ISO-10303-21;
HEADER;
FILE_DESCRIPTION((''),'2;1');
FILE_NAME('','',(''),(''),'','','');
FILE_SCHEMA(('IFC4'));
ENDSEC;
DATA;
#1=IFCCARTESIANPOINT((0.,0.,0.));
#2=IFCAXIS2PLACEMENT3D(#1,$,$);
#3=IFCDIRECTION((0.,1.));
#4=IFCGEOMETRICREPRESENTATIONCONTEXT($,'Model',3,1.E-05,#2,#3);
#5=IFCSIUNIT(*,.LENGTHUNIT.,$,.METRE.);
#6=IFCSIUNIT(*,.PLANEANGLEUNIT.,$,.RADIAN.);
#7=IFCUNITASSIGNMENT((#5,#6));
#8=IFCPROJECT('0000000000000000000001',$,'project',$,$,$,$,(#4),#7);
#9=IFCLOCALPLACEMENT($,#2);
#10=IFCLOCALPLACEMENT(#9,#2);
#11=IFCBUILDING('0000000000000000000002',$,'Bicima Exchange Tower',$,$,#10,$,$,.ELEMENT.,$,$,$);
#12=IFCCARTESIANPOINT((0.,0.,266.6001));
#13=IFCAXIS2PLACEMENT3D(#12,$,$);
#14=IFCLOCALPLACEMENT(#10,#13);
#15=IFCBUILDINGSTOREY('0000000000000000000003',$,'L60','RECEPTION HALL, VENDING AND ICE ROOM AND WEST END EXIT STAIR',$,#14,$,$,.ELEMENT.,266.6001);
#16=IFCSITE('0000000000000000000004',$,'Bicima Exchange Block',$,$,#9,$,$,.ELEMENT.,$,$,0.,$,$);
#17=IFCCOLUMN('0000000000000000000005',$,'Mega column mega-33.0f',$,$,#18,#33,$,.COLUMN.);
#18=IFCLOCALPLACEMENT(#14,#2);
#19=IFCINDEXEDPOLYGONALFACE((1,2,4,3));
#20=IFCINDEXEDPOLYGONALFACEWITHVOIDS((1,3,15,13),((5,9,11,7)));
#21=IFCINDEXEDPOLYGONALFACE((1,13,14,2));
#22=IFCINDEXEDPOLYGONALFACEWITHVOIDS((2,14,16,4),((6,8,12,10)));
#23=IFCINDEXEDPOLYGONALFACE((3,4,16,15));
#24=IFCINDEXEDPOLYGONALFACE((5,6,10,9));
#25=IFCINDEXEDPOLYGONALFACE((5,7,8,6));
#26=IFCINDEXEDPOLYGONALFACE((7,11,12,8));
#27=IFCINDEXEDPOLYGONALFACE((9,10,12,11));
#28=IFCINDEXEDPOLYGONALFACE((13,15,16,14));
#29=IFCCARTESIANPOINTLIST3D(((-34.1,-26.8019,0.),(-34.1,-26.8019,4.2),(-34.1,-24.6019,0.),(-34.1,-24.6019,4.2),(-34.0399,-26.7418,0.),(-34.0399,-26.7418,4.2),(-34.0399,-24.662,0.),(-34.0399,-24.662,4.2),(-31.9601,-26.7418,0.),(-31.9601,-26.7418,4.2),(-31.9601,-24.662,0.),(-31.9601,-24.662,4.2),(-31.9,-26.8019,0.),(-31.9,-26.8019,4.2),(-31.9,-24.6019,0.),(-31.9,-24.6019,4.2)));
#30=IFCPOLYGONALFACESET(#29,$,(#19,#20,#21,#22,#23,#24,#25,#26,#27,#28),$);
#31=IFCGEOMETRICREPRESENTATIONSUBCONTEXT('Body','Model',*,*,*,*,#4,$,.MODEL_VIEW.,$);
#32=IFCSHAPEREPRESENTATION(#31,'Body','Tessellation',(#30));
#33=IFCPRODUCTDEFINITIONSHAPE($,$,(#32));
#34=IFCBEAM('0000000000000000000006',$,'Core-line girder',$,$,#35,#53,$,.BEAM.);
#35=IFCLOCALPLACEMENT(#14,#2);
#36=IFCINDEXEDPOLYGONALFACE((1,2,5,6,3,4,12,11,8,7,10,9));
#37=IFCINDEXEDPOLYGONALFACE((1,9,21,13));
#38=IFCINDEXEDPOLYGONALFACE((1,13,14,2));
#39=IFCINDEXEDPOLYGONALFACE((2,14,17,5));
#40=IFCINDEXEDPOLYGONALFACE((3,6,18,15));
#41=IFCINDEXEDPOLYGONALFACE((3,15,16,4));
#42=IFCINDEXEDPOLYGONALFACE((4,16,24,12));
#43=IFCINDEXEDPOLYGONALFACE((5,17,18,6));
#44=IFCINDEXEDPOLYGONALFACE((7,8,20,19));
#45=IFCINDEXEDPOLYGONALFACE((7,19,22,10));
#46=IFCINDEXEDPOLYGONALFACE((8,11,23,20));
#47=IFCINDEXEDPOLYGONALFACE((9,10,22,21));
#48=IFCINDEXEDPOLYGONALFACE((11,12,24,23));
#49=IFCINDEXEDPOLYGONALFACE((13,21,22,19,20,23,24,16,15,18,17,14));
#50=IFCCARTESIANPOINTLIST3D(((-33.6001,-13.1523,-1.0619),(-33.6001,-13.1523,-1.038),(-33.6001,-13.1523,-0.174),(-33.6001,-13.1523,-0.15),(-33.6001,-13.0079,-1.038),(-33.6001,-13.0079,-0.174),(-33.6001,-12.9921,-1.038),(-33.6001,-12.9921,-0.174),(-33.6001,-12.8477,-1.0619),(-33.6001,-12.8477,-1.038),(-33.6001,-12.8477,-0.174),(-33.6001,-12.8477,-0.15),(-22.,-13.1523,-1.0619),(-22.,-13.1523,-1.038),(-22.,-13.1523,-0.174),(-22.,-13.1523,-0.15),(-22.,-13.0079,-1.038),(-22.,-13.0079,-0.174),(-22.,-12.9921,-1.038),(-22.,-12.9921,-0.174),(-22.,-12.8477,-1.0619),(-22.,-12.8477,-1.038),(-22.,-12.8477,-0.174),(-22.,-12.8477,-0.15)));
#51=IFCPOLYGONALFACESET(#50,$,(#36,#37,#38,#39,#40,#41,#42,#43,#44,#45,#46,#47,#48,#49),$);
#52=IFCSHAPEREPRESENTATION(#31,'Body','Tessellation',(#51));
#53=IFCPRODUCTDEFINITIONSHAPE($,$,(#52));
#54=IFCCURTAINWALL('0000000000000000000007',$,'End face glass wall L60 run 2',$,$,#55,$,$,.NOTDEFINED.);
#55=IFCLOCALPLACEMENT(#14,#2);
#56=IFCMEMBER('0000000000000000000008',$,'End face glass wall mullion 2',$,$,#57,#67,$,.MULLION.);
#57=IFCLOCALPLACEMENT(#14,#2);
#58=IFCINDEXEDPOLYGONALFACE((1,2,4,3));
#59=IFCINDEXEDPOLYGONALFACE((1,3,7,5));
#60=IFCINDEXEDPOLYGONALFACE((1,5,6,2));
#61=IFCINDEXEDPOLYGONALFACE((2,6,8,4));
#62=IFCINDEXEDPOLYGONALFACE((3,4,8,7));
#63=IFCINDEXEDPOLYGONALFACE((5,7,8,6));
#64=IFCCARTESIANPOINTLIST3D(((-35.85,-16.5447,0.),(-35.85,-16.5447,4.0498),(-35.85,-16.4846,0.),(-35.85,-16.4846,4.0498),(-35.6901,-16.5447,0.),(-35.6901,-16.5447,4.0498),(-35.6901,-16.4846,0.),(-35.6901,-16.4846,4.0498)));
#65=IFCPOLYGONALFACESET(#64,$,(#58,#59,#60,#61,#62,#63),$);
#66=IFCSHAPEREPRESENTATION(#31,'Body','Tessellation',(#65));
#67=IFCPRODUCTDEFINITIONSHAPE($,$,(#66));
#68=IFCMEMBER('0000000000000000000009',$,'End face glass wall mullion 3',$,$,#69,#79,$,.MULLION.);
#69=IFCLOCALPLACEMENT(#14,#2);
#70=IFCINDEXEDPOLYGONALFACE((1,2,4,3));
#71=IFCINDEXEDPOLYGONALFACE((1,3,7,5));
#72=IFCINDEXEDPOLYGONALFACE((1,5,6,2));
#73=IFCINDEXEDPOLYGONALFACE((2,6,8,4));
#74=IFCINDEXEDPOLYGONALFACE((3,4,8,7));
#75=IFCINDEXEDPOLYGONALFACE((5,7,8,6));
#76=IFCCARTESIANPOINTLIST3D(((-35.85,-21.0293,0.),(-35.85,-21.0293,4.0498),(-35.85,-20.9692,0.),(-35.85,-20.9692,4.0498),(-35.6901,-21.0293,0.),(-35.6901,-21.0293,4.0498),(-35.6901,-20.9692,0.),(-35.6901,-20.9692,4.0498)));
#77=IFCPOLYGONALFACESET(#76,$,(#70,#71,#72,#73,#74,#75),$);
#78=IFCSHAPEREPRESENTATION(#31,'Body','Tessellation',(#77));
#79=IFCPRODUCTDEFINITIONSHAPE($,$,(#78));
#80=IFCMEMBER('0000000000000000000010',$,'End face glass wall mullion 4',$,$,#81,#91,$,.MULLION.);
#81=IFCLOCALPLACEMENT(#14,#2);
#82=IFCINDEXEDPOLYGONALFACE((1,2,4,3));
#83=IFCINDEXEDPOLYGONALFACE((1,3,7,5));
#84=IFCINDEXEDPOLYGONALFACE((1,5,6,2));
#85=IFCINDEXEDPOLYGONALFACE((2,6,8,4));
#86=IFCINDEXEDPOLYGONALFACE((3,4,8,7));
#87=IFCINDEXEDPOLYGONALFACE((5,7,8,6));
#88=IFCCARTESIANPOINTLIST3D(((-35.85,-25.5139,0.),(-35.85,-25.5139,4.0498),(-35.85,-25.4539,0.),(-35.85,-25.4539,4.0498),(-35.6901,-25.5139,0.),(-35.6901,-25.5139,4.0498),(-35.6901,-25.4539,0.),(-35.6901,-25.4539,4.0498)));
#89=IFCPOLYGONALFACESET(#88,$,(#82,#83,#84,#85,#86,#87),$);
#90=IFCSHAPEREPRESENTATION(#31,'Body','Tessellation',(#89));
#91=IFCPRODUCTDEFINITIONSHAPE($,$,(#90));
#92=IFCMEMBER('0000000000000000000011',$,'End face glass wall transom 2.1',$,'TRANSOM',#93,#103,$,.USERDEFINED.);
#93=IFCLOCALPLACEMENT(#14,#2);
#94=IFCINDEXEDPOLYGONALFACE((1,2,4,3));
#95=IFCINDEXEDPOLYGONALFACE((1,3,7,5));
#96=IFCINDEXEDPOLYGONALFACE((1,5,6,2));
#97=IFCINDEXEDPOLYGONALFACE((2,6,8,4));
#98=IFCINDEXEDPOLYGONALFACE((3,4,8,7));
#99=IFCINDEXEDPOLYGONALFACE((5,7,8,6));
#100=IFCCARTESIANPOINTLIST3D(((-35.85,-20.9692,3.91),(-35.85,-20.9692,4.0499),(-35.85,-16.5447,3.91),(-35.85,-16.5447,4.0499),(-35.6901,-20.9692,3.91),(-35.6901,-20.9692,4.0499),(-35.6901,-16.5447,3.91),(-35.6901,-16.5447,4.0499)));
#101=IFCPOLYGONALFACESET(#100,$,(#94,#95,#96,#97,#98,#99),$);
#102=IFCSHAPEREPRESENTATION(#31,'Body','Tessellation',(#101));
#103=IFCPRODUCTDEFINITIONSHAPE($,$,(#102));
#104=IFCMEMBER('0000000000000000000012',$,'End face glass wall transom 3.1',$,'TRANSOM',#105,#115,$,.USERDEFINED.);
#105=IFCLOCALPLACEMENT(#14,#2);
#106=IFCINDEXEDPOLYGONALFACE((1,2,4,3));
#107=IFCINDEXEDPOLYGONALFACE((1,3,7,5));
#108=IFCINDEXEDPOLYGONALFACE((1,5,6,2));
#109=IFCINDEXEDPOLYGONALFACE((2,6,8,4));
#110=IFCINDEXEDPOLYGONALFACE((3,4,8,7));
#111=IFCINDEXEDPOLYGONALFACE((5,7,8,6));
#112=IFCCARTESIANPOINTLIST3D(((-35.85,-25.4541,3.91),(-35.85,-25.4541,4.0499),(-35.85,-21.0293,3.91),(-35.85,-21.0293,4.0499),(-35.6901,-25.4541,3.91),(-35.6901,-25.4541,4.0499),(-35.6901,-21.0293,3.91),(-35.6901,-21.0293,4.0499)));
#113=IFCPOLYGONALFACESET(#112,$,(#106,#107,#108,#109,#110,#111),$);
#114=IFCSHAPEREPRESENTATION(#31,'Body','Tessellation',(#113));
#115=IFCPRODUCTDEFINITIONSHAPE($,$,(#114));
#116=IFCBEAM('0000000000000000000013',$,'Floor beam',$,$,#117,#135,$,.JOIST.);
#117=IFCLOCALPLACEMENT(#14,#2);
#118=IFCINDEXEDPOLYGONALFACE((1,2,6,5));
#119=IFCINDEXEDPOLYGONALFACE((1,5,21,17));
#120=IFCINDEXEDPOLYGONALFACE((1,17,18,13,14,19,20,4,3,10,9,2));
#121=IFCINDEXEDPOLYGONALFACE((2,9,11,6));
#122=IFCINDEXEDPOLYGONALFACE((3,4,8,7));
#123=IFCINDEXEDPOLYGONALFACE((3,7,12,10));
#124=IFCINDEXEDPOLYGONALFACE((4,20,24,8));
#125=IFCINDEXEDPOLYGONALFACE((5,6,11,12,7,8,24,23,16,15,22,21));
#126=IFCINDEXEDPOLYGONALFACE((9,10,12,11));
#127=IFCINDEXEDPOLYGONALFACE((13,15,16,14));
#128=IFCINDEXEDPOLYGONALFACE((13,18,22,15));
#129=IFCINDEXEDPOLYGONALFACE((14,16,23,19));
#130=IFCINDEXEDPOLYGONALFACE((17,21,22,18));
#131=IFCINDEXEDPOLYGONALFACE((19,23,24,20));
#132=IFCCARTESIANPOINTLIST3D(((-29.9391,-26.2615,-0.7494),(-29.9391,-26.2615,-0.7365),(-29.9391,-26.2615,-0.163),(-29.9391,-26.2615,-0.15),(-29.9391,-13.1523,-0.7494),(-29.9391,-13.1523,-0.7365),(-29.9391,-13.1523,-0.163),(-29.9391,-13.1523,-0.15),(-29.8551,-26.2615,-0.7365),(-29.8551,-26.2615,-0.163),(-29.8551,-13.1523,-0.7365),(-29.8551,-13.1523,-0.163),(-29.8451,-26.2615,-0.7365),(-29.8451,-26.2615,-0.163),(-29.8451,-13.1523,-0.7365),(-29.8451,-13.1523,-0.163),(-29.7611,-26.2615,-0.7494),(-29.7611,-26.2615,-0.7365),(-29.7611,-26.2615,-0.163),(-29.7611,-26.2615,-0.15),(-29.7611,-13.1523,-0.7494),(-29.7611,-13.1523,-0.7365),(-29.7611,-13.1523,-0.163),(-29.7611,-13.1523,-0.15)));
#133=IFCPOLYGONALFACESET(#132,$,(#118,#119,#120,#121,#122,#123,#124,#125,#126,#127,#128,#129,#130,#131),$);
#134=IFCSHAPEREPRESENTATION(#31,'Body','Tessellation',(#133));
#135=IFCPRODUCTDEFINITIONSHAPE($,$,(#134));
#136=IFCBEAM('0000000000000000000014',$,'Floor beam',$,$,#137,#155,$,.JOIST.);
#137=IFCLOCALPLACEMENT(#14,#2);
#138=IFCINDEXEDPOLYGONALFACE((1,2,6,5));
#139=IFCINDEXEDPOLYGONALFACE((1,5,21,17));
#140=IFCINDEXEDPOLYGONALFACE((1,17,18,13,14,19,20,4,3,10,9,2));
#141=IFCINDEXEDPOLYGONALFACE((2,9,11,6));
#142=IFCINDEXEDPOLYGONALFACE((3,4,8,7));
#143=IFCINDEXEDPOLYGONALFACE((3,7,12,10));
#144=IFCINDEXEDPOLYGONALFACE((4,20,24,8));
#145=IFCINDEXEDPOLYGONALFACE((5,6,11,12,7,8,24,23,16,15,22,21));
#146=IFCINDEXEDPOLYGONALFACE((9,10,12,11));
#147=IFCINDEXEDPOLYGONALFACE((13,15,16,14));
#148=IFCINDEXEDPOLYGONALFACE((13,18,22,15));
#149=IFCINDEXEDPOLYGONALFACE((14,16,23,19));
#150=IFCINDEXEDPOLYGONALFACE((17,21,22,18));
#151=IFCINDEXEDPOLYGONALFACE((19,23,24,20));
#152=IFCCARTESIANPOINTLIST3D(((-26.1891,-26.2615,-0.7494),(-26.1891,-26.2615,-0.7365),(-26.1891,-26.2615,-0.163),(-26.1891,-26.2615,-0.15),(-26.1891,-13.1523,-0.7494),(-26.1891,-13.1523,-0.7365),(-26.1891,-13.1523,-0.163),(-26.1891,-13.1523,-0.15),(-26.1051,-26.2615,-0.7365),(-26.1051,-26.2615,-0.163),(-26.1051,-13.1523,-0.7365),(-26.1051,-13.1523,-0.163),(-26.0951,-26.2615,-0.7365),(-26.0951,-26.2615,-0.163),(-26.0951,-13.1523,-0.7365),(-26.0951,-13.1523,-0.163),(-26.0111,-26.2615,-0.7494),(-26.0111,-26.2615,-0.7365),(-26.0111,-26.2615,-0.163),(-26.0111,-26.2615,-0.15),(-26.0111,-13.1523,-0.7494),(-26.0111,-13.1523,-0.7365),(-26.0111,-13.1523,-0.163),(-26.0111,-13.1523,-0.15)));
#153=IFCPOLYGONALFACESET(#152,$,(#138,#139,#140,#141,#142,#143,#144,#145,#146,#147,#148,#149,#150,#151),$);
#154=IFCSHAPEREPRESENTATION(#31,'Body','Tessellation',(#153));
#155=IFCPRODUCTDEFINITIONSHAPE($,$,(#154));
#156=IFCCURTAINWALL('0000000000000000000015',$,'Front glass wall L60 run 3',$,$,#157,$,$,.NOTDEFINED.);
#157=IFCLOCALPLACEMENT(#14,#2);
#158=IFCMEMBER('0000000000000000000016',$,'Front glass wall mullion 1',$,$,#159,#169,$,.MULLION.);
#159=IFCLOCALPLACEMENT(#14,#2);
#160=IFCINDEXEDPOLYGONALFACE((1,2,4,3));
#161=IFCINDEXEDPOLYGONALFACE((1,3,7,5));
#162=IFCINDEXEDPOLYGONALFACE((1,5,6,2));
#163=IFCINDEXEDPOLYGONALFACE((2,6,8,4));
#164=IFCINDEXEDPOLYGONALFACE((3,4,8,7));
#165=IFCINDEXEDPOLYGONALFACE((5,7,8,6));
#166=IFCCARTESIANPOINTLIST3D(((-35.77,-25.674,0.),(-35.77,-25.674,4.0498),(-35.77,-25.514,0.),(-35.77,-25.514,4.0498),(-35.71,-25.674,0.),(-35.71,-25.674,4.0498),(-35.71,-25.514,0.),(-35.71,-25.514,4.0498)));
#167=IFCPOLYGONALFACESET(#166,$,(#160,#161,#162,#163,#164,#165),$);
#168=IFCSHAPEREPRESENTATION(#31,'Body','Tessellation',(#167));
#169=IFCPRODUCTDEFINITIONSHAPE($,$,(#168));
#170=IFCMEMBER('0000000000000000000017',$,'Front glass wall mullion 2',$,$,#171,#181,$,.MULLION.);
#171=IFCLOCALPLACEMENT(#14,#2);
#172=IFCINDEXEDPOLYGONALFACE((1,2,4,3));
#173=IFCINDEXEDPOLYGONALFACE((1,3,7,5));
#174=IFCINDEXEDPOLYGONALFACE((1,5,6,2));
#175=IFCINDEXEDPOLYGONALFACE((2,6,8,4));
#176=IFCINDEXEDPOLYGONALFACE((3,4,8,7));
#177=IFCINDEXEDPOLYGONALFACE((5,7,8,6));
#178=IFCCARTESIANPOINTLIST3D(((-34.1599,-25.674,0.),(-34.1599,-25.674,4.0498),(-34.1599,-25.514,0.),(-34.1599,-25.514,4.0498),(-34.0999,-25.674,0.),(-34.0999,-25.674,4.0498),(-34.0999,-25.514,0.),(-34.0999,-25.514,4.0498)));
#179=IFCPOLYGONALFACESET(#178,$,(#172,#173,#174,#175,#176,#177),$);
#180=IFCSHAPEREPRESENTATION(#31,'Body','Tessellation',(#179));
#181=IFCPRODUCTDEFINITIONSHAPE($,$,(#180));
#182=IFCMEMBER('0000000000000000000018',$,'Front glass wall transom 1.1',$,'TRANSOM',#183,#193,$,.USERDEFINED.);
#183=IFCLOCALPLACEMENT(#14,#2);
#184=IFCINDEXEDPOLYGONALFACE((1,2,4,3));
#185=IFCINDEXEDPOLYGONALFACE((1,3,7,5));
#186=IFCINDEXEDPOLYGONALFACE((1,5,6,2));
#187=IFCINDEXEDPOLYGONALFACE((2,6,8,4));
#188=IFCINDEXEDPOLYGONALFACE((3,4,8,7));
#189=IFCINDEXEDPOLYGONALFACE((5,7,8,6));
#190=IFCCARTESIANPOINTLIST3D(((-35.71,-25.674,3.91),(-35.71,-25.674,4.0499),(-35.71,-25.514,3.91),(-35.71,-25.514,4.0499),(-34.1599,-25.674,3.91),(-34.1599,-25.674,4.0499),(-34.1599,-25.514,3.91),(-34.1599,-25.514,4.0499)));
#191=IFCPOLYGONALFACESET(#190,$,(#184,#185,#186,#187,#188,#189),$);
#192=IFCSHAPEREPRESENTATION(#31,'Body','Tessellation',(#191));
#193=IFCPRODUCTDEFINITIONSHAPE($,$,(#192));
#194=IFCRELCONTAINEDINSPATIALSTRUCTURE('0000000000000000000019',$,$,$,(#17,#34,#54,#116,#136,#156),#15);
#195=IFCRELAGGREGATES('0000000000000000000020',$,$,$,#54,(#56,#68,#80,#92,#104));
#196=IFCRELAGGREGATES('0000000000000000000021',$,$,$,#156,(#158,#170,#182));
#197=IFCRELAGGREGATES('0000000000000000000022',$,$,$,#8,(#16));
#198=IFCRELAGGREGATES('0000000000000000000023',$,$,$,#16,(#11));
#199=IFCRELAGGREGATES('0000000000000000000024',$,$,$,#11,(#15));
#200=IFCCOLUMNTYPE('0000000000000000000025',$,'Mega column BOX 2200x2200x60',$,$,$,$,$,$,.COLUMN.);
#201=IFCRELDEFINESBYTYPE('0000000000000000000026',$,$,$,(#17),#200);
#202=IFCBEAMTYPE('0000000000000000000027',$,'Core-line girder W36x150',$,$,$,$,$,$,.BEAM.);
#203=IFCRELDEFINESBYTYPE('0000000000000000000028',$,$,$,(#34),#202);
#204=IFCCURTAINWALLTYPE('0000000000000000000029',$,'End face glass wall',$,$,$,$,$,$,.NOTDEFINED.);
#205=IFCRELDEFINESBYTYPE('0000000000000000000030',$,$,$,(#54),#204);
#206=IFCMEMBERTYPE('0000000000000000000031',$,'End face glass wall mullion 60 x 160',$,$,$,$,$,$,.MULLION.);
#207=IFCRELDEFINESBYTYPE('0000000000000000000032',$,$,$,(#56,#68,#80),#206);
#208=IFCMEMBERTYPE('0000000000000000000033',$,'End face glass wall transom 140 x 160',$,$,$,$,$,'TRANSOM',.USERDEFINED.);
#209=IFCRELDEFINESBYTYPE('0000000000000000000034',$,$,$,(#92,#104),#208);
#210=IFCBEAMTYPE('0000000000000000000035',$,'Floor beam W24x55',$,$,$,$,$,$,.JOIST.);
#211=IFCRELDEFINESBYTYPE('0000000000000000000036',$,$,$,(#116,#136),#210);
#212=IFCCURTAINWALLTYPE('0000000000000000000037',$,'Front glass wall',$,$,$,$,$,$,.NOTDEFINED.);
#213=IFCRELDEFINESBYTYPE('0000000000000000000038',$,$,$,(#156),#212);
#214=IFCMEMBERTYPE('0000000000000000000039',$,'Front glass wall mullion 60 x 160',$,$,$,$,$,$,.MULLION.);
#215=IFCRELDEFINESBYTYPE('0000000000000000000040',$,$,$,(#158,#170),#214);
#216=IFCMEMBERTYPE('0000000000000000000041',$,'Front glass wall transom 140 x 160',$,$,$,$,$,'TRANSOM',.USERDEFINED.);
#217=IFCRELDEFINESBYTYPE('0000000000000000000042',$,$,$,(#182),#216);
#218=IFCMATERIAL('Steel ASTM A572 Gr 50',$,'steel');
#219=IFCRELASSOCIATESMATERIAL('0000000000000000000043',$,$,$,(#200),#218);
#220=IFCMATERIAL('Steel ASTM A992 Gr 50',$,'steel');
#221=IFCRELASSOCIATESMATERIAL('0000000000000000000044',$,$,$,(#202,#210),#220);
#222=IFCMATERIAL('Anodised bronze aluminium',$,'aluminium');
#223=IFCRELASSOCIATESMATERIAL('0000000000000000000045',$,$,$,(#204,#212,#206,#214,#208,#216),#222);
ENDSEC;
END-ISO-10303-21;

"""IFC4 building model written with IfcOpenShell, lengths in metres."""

from ifc_helpers import new_model, si_unit, direction, frame, origin, origin_2d, place, context, subcontext, project, spatial, rectangle, hollow_rectangle, i_section, extrude, material, material_profile, profile_set, type_object, element, aggregate, save


model = new_model("IFC4")

# Units and contexts
model_context = context("Model", 3, precision=1e-05, world=origin(), true_north=direction((0.0, 1.0)))
body_context = subcontext(model_context, "Body", "Model", "MODEL_VIEW")
ifc_project = project(units=[si_unit("LENGTHUNIT", "METRE"), si_unit("PLANEANGLEUNIT", "RADIAN")], contexts=[model_context])

# Site, building, storey
site_placement = place(None, origin())
site = spatial("IfcSite", under=ifc_project, at=site_placement, Name="Bicima Exchange Block", CompositionType="ELEMENT", RefElevation=0.0)
building_placement = place(site_placement, origin())
building = spatial("IfcBuilding", under=site, at=building_placement, Name="Bicima Exchange Tower", CompositionType="ELEMENT")
storey_placement = place(building_placement, frame((0.0, 0.0, 266.6001)))
storey = spatial("IfcBuildingStorey", under=building, at=storey_placement, Name="L60", Description="RECEPTION HALL, VENDING AND ICE ROOM AND WEST END EXIT STAIR", CompositionType="ELEMENT", Elevation=266.6001)

# Column
ifc_material_1 = material(Name="Steel ASTM A572 Gr 50", Category="steel")
ifc_material_profile_1 = material_profile(ifc_material_1, hollow_rectangle(XDim=2.2, YDim=2.2, WallThickness=0.0601, at=origin_2d()))
ifc_profile_set_1 = profile_set([ifc_material_profile_1], Name="Steel ASTM A572 Gr 50")
column_type = type_object("IfcColumnType", Name="Mega column BOX 2200x2200x60", PredefinedType="COLUMN", material=ifc_profile_set_1)
column_placement = place(storey_placement, frame((-33.0, -25.7019, 0.0), z_axis=(0.0, 0.0, 1.0), x_axis=(1.0, 0.0, 0.0)))
element("IfcColumn", 1, at=column_placement, inside=storey, type_object=column_type, Name="Mega column mega-33.0f", PredefinedType="COLUMN", context=body_context, shape_type="SweptSolid", body=[
    extrude(hollow_rectangle(XDim=2.2, YDim=2.2, WallThickness=0.0601, at=origin_2d()), origin(), (0.0, 0.0, 1.0), 4.2),
])

# Beam
ifc_material_2 = material(Name="Steel ASTM A992 Gr 50", Category="steel")
ifc_material_profile_2 = material_profile(ifc_material_2, i_section(OverallWidth=0.3047, OverallDepth=0.9119, WebThickness=0.0159, FlangeThickness=0.0239, at=origin_2d()))
ifc_profile_set_2 = profile_set([ifc_material_profile_2], Name="Steel ASTM A992 Gr 50")
beam_type_1 = type_object("IfcBeamType", Name="Core-line girder W36x150", PredefinedType="BEAM", material=ifc_profile_set_2)
beam_placement = place(storey_placement, frame((-22.0, -13.0, -0.606), z_axis=(-1.0, 0.0, 0.0), x_axis=(0.0, -1.0, 0.0)))
element("IfcBeam", 2, at=beam_placement, inside=storey, type_object=beam_type_1, Name="Core-line girder", PredefinedType="BEAM", context=body_context, shape_type="SweptSolid", body=[
    extrude(i_section(OverallWidth=0.3047, OverallDepth=0.9119, WebThickness=0.0159, FlangeThickness=0.0239, at=origin_2d()), origin(), (0.0, 0.0, 1.0), 11.6001),
])

# Curtain wall, members
ifc_material_3 = material(Name="Anodised bronze aluminium", Category="aluminium")
curtain_wall_type_1 = type_object("IfcCurtainWallType", Name="End face glass wall", PredefinedType="NOTDEFINED", material=ifc_material_3)
curtain_wall_1_placement = place(storey_placement, origin())
curtain_wall_1 = element("IfcCurtainWall", 3, at=curtain_wall_1_placement, inside=storey, type_object=curtain_wall_type_1, Name="End face glass wall L60 run 2", PredefinedType="NOTDEFINED")
ifc_material_profile_3 = material_profile(ifc_material_3, rectangle(XDim=0.1599, YDim=0.0601, at=origin_2d()))
ifc_profile_set_3 = profile_set([ifc_material_profile_3], Name="Anodised bronze aluminium")
member_type_1 = type_object("IfcMemberType", Name="End face glass wall mullion 60 x 160", PredefinedType="MULLION", material=ifc_profile_set_3)
member_1_placement = place(storey_placement, frame((-35.77, -16.5146, 0.0), z_axis=(0.0, 0.0, 1.0), x_axis=(1.0, 0.0, 0.0)))
member_1 = element("IfcMember", 4, at=member_1_placement, type_object=member_type_1, Name="End face glass wall mullion 2", PredefinedType="MULLION", context=body_context, shape_type="SweptSolid", body=[
    extrude(rectangle(XDim=0.1599, YDim=0.0601, at=origin_2d()), origin(), (0.0, 0.0, 1.0), 4.0498),
])
member_2_placement = place(storey_placement, frame((-35.77, -20.9993, 0.0), z_axis=(0.0, 0.0, 1.0), x_axis=(1.0, 0.0, 0.0)))
member_2 = element("IfcMember", 5, at=member_2_placement, type_object=member_type_1, Name="End face glass wall mullion 3", PredefinedType="MULLION", context=body_context, shape_type="SweptSolid", body=[
    extrude(rectangle(XDim=0.1599, YDim=0.0601, at=origin_2d()), origin(), (0.0, 0.0, 1.0), 4.0498),
])
member_3_placement = place(storey_placement, frame((-35.77, -25.4839, 0.0), z_axis=(0.0, 0.0, 1.0), x_axis=(1.0, 0.0, 0.0)))
member_3 = element("IfcMember", 6, at=member_3_placement, type_object=member_type_1, Name="End face glass wall mullion 4", PredefinedType="MULLION", context=body_context, shape_type="SweptSolid", body=[
    extrude(rectangle(XDim=0.1599, YDim=0.0601, at=origin_2d()), origin(), (0.0, 0.0, 1.0), 4.0498),
])
ifc_material_profile_4 = material_profile(ifc_material_3, rectangle(XDim=0.1599, YDim=0.1399, at=origin_2d()))
ifc_profile_set_4 = profile_set([ifc_material_profile_4], Name="Anodised bronze aluminium")
member_type_2 = type_object("IfcMemberType", Name="End face glass wall transom 140 x 160", ElementType="TRANSOM", PredefinedType="USERDEFINED", material=ifc_profile_set_4)
member_4_placement = place(storey_placement, frame((-35.77, -16.5447, 3.98), z_axis=(0.0, -1.0, 0.0), x_axis=(1.0, 0.0, 0.0)))
member_4 = element("IfcMember", 7, at=member_4_placement, type_object=member_type_2, Name="End face glass wall transom 2.1", ObjectType="TRANSOM", PredefinedType="USERDEFINED", context=body_context, shape_type="SweptSolid", body=[
    extrude(rectangle(XDim=0.1599, YDim=0.1399, at=origin_2d()), origin(), (0.0, 0.0, 1.0), 4.4246),
])
member_5_placement = place(storey_placement, frame((-35.77, -21.0293, 3.98), z_axis=(0.0, -1.0, 0.0), x_axis=(1.0, 0.0, 0.0)))
member_5 = element("IfcMember", 8, at=member_5_placement, type_object=member_type_2, Name="End face glass wall transom 3.1", ObjectType="TRANSOM", PredefinedType="USERDEFINED", context=body_context, shape_type="SweptSolid", body=[
    extrude(rectangle(XDim=0.1599, YDim=0.1399, at=origin_2d()), origin(), (0.0, 0.0, 1.0), 4.4248),
])

# Beams
ifc_material_profile_5 = material_profile(ifc_material_2, i_section(OverallWidth=0.178, OverallDepth=0.5994, WebThickness=0.01, FlangeThickness=0.0129, at=origin_2d()))
ifc_profile_set_5 = profile_set([ifc_material_profile_5], Name="Steel ASTM A992 Gr 50")
beam_type_2 = type_object("IfcBeamType", Name="Floor beam W24x55", PredefinedType="JOIST", material=ifc_profile_set_5)
for number, where, z_axis, x_axis, name in (
    (9, (-29.8501, -13.1523, -0.4497), (0.0, -1.0, 0.0), (1.0, 0.0, 0.0), "Floor beam"),
    (10, (-26.1001, -13.1523, -0.4497), (0.0, -1.0, 0.0), (1.0, 0.0, 0.0), "Floor beam"),
):
    element("IfcBeam", number, at=place(storey_placement, frame(where, z_axis=z_axis, x_axis=x_axis)), inside=storey, type_object=beam_type_2, Name=name, PredefinedType="JOIST", context=body_context, shape_type="SweptSolid", body=[
        extrude(i_section(OverallWidth=0.178, OverallDepth=0.5994, WebThickness=0.01, FlangeThickness=0.0129, at=origin_2d()), origin(), (0.0, 0.0, 1.0), 13.1091),
    ])

# Curtain wall, members
curtain_wall_type_2 = type_object("IfcCurtainWallType", Name="Front glass wall", PredefinedType="NOTDEFINED", material=ifc_material_3)
curtain_wall_2_placement = place(storey_placement, origin())
curtain_wall_2 = element("IfcCurtainWall", 11, at=curtain_wall_2_placement, inside=storey, type_object=curtain_wall_type_2, Name="Front glass wall L60 run 3", PredefinedType="NOTDEFINED")
member_type_3 = type_object("IfcMemberType", Name="Front glass wall mullion 60 x 160", PredefinedType="MULLION", material=ifc_profile_set_3)
member_6_placement = place(storey_placement, frame((-35.74, -25.594, 0.0), z_axis=(0.0, 0.0, 1.0), x_axis=(0.0, 1.0, 0.0)))
member_6 = element("IfcMember", 12, at=member_6_placement, type_object=member_type_3, Name="Front glass wall mullion 1", PredefinedType="MULLION", context=body_context, shape_type="SweptSolid", body=[
    extrude(rectangle(XDim=0.1599, YDim=0.0601, at=origin_2d()), origin(), (0.0, 0.0, 1.0), 4.0498),
])
member_7_placement = place(storey_placement, frame((-34.1299, -25.594, 0.0), z_axis=(0.0, 0.0, 1.0), x_axis=(0.0, 1.0, 0.0)))
member_7 = element("IfcMember", 13, at=member_7_placement, type_object=member_type_3, Name="Front glass wall mullion 2", PredefinedType="MULLION", context=body_context, shape_type="SweptSolid", body=[
    extrude(rectangle(XDim=0.1599, YDim=0.0601, at=origin_2d()), origin(), (0.0, 0.0, 1.0), 4.0498),
])
member_type_4 = type_object("IfcMemberType", Name="Front glass wall transom 140 x 160", ElementType="TRANSOM", PredefinedType="USERDEFINED", material=ifc_profile_set_4)
member_8_placement = place(storey_placement, frame((-35.71, -25.594, 3.98), z_axis=(1.0, 0.0, 0.0), x_axis=(0.0, 1.0, 0.0)))
member_8 = element("IfcMember", 14, at=member_8_placement, type_object=member_type_4, Name="Front glass wall transom 1.1", ObjectType="TRANSOM", PredefinedType="USERDEFINED", context=body_context, shape_type="SweptSolid", body=[
    extrude(rectangle(XDim=0.1599, YDim=0.1399, at=origin_2d()), origin(), (0.0, 0.0, 1.0), 1.55),
])

aggregate(curtain_wall_1, [member_1, member_2, member_3, member_4, member_5])
aggregate(curtain_wall_2, [member_6, member_7, member_8])

save(model, "model.ifc")
